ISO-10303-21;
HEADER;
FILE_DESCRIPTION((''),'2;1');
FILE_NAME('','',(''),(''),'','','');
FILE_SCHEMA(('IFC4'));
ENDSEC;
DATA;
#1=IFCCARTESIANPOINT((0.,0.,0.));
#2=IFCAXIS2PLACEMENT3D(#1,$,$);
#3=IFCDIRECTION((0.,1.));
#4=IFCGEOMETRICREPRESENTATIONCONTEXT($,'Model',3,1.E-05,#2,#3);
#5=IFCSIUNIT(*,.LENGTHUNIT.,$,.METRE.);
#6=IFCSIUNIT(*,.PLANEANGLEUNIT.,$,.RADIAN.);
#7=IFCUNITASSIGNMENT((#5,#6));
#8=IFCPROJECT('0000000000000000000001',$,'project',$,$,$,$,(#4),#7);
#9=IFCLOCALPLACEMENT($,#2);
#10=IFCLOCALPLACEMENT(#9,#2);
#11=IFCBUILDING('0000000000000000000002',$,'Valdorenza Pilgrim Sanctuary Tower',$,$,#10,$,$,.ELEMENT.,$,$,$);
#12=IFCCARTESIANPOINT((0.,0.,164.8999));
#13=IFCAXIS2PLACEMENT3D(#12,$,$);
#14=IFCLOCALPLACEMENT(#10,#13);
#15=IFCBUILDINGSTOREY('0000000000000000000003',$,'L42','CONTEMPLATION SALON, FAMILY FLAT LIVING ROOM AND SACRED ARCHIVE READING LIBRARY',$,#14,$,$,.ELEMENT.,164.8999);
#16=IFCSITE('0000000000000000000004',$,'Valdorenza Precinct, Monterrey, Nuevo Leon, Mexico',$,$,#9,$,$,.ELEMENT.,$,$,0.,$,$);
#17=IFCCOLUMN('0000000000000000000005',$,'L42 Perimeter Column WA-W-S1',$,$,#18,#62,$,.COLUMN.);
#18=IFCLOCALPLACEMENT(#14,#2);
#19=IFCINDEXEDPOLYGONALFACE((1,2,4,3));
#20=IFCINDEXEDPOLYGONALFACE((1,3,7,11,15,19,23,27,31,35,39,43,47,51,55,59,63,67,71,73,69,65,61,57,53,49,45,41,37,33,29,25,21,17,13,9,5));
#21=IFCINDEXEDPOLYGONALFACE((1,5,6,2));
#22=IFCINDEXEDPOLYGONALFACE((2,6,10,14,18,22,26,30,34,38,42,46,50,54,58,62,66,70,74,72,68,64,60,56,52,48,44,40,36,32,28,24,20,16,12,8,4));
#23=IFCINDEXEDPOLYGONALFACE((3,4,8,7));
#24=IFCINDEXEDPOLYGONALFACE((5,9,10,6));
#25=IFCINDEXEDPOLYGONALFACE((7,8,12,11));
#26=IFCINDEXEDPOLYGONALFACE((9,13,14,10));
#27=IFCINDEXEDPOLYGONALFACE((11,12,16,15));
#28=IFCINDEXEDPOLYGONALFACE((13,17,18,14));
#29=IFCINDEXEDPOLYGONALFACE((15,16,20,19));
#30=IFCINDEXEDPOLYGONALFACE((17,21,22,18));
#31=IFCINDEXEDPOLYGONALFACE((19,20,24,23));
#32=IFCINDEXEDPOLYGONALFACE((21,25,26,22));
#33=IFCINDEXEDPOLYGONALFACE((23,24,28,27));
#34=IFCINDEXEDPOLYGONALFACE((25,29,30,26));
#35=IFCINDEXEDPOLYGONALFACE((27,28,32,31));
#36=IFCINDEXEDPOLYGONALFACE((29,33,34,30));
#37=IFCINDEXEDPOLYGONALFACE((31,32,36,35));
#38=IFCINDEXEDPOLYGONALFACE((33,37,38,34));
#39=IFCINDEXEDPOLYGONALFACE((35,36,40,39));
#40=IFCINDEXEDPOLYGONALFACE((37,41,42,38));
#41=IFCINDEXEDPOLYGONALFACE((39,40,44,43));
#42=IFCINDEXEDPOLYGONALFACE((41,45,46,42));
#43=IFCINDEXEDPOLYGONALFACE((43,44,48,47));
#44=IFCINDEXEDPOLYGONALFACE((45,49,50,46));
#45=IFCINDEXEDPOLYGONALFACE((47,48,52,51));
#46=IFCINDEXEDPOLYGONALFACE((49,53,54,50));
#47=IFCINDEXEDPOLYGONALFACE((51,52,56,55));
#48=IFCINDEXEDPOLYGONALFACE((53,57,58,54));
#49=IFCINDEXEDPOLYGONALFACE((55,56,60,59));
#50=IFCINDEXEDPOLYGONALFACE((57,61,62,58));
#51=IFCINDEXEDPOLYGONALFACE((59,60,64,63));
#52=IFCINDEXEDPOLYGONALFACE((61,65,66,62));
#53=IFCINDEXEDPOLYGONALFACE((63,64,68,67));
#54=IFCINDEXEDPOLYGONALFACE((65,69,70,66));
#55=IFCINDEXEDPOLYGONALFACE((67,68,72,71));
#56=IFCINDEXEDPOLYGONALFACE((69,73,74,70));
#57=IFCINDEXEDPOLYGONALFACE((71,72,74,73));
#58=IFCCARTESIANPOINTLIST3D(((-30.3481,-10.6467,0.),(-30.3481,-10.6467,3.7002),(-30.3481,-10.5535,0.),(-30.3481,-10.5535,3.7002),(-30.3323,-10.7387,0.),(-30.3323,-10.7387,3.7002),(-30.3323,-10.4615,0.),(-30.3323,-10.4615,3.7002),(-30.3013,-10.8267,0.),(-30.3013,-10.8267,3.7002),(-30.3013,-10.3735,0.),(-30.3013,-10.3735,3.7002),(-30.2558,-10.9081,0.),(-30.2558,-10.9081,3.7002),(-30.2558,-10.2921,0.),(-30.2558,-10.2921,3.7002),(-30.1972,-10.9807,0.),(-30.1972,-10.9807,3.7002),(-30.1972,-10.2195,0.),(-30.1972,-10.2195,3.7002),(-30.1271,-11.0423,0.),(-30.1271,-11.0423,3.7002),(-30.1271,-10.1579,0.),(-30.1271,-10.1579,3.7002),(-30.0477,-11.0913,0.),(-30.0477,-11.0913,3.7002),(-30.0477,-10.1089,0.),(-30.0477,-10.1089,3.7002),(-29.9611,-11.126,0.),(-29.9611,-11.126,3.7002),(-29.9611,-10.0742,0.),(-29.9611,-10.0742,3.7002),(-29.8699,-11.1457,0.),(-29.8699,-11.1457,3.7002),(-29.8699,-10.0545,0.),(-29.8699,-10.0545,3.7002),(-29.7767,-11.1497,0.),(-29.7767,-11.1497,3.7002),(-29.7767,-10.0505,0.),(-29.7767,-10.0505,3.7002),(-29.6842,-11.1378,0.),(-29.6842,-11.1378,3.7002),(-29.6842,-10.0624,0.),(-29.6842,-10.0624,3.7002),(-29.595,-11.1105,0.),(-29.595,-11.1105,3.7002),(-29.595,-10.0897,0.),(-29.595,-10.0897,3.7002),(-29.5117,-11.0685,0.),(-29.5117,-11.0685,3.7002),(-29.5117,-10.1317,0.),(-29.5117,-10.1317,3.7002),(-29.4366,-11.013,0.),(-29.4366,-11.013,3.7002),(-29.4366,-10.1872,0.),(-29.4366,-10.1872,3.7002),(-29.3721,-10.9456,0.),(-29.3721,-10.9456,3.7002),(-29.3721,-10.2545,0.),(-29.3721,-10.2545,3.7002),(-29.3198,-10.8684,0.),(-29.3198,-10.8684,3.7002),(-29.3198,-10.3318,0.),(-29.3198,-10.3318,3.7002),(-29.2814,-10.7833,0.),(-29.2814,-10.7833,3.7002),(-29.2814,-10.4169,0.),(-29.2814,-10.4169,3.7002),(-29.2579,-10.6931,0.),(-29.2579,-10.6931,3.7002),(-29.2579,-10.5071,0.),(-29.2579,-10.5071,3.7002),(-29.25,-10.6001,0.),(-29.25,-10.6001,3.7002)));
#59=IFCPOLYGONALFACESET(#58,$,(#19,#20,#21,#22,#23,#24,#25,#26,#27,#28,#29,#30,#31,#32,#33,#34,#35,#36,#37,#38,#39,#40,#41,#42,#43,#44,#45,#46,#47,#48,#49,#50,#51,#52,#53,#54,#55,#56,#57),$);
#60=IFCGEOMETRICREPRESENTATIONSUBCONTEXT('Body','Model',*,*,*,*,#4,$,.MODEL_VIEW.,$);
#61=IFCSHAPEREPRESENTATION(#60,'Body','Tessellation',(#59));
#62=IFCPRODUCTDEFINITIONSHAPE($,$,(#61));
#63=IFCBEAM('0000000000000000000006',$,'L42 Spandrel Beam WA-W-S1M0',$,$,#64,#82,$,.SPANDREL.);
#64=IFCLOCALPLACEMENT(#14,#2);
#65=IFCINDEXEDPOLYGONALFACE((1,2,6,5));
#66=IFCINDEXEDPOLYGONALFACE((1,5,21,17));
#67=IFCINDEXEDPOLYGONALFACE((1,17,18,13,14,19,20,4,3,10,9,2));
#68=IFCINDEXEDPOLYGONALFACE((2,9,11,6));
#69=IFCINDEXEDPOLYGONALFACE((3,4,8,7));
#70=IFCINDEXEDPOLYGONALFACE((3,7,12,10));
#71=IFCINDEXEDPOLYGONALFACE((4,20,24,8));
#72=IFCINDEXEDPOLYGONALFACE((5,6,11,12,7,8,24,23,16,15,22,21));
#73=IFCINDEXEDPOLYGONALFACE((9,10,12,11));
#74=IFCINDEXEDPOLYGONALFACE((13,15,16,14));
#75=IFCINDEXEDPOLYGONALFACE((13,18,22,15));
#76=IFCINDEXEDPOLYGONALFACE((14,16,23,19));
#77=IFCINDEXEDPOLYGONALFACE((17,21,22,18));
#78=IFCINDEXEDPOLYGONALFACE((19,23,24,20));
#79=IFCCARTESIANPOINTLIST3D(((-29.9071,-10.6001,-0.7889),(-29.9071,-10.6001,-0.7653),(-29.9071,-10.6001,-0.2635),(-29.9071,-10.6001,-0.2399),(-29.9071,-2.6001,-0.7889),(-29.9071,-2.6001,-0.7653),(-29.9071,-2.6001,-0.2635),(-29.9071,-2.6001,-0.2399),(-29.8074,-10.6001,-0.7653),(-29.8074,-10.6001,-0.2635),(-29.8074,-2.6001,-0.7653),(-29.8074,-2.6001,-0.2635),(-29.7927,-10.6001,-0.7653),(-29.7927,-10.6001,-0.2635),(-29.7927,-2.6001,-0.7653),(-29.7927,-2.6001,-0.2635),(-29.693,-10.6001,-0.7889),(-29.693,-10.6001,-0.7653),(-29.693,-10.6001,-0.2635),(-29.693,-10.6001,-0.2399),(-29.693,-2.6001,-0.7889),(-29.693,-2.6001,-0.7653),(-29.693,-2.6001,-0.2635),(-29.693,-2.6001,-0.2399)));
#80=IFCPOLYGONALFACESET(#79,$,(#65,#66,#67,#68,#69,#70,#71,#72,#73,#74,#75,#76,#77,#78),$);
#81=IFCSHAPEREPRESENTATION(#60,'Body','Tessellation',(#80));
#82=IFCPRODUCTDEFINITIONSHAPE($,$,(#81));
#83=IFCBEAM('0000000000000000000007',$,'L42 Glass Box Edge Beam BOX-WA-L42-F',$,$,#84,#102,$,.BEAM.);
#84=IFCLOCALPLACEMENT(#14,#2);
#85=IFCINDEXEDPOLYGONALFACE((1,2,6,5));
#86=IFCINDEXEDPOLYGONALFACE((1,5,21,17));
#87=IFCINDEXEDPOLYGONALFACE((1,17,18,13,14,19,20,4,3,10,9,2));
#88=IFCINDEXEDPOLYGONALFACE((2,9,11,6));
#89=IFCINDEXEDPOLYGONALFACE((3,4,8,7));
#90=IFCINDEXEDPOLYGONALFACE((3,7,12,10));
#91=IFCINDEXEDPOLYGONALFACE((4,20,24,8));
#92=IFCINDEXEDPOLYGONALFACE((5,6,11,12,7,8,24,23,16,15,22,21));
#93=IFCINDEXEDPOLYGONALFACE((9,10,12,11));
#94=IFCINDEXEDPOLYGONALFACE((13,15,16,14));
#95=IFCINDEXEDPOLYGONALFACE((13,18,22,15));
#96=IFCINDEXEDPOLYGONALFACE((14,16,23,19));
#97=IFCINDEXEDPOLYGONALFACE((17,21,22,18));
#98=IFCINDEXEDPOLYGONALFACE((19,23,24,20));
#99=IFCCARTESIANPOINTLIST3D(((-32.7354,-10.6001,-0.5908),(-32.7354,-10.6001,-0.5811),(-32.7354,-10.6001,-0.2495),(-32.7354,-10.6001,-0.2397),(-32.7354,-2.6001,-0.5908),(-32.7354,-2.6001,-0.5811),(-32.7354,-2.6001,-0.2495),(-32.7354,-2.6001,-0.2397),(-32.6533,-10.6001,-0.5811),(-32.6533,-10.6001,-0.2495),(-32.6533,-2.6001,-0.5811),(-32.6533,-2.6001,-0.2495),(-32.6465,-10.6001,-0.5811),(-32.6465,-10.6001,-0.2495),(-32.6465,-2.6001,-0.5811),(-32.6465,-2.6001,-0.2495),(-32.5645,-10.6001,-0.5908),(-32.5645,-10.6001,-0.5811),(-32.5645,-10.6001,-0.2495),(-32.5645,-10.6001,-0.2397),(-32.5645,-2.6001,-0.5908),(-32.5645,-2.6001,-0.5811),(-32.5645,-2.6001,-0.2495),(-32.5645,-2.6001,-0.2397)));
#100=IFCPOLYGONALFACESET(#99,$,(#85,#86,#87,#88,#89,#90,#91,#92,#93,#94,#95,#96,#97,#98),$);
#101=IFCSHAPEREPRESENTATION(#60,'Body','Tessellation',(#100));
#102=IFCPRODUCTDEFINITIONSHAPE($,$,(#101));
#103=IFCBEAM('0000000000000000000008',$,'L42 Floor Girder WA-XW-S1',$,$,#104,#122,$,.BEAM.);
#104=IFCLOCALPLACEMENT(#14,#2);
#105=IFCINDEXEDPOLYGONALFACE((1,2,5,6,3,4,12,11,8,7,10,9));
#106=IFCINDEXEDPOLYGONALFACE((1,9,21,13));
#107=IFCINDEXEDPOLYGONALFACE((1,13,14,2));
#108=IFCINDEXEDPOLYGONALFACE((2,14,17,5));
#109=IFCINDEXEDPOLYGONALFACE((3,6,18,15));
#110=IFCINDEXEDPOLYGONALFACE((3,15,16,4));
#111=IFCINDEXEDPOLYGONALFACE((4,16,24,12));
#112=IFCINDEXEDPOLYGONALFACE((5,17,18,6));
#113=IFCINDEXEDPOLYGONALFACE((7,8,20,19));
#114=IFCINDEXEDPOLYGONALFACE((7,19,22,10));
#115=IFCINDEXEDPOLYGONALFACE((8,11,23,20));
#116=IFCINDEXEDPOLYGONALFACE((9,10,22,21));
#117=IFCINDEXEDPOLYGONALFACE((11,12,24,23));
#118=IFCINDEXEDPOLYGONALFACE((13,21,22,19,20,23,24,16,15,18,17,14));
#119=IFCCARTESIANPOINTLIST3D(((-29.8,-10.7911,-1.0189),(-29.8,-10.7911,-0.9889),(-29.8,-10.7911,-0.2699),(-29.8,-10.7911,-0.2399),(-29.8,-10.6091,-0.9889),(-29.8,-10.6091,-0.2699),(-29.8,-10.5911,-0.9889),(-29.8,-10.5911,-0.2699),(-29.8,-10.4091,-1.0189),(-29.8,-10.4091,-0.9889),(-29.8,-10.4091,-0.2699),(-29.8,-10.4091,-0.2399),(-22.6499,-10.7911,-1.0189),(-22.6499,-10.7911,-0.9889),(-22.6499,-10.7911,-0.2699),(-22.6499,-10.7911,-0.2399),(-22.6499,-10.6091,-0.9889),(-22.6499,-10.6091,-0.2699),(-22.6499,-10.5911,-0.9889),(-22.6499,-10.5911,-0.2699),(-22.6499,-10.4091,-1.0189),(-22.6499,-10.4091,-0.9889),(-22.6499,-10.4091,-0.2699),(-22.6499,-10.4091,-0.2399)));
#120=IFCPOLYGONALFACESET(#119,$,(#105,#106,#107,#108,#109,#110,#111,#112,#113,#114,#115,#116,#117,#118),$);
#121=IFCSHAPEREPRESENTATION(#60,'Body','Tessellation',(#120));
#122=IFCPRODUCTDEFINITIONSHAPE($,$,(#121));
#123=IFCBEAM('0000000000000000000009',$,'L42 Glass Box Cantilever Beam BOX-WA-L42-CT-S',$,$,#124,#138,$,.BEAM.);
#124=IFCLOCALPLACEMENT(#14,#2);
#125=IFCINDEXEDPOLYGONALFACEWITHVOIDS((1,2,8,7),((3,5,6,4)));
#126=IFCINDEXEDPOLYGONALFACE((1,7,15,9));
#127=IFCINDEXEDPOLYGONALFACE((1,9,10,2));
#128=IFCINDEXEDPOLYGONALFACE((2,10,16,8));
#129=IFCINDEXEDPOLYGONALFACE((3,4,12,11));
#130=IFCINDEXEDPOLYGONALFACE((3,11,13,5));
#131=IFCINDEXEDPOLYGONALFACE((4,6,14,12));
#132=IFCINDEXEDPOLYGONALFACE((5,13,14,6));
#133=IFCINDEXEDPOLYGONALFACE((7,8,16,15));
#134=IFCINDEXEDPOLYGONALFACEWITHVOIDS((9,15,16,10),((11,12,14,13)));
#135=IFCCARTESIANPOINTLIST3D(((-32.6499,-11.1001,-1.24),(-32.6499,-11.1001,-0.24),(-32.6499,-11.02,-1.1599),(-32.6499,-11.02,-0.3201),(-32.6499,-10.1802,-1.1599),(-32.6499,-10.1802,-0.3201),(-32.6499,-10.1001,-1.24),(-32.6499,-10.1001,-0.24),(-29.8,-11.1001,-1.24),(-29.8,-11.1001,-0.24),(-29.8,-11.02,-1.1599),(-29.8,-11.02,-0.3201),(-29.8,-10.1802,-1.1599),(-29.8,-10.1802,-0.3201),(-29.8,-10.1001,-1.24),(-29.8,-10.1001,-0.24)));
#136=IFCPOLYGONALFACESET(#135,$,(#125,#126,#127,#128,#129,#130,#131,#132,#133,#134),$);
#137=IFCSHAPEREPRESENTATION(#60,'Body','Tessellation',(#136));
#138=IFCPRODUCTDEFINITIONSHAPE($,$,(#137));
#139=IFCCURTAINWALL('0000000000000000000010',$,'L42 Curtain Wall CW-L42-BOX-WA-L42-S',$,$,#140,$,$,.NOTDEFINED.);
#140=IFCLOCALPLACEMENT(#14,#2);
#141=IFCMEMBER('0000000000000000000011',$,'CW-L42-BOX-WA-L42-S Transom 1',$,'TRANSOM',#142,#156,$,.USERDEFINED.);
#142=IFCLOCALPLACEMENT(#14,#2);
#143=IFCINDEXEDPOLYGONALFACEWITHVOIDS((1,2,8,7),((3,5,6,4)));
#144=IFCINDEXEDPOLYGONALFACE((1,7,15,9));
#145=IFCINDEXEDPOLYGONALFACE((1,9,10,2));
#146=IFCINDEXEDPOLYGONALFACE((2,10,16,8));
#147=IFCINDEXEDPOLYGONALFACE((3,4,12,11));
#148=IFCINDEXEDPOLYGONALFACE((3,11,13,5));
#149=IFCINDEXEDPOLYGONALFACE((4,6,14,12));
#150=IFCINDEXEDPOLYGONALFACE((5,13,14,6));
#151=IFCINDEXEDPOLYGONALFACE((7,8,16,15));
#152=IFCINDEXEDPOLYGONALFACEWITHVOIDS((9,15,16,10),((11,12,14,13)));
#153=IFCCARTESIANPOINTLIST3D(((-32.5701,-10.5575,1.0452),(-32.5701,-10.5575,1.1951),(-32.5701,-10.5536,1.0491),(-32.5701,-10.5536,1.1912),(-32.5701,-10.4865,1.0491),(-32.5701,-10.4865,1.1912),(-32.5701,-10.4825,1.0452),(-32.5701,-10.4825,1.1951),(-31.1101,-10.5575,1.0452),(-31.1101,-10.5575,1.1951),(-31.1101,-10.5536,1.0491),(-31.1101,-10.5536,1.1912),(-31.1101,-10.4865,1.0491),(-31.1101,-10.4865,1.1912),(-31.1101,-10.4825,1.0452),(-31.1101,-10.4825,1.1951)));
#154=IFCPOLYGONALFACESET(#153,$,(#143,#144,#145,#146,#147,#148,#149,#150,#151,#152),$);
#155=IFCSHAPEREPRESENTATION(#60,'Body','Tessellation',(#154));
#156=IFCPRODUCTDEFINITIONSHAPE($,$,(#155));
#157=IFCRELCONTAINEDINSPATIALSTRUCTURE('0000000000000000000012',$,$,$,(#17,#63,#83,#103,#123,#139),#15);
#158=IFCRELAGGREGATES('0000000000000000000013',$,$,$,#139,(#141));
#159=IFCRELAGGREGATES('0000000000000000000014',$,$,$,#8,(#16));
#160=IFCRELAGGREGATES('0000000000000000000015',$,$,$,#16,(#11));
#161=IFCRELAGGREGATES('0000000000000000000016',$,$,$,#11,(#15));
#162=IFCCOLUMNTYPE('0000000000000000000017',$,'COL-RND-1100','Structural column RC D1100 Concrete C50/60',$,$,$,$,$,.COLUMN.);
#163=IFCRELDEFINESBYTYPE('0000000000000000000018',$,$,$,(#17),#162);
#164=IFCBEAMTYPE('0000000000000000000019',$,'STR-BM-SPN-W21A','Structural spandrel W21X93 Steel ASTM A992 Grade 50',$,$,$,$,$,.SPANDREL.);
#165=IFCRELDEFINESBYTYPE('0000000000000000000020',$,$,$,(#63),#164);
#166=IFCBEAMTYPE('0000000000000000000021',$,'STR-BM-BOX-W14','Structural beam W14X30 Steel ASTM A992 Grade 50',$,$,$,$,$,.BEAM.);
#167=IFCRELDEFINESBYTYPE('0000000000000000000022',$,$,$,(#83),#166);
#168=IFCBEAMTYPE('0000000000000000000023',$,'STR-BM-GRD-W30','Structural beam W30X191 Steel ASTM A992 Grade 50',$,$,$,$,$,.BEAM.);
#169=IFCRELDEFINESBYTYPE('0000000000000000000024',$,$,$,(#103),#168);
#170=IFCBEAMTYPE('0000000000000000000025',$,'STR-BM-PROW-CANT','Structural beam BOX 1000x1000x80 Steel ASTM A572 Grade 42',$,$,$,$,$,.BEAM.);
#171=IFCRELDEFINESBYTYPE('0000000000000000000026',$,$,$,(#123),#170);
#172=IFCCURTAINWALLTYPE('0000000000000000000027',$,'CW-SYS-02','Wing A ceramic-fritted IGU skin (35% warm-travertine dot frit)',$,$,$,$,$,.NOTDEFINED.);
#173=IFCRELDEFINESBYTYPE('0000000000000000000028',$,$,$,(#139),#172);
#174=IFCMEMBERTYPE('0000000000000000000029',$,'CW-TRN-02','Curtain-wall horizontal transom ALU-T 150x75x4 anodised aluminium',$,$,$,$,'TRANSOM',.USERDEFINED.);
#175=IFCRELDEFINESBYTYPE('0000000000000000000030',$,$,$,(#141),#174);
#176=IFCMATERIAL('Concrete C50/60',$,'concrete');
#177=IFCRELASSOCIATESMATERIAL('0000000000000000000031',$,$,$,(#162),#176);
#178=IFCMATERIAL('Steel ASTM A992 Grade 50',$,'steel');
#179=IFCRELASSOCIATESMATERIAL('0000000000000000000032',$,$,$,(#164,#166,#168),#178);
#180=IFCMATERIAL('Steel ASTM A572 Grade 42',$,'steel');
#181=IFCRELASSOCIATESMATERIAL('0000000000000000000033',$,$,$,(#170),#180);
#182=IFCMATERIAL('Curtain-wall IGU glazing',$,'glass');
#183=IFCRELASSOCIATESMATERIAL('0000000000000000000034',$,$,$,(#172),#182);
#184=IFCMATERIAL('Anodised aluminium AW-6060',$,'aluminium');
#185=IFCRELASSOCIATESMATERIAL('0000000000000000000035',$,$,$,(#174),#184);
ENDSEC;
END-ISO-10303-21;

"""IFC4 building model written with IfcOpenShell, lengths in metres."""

from ifc_helpers import new_model, si_unit, direction, frame, origin, origin_2d, place, context, subcontext, project, spatial, hollow_rectangle, circle, i_section, extrude, source, transform, mapped, material, material_profile, profile_set, type_object, element, aggregate, save


model = new_model("IFC4")

# Units and contexts
model_context = context("Model", 3, precision=1e-05, world=origin(), true_north=direction((0.0, 1.0)))
body_context = subcontext(model_context, "Body", "Model", "MODEL_VIEW")
ifc_project = project(units=[si_unit("LENGTHUNIT", "METRE"), si_unit("PLANEANGLEUNIT", "RADIAN")], contexts=[model_context])

# Site, building, storey
site_placement = place(None, origin())
site = spatial("IfcSite", under=ifc_project, at=site_placement, Name="Valdorenza Precinct, Monterrey, Nuevo Leon, Mexico", CompositionType="ELEMENT", RefElevation=0.0)
building_placement = place(site_placement, origin())
building = spatial("IfcBuilding", under=site, at=building_placement, Name="Valdorenza Pilgrim Sanctuary Tower", CompositionType="ELEMENT")
storey_placement = place(building_placement, frame((0.0, 0.0, 164.8999)))
storey = spatial("IfcBuildingStorey", under=building, at=storey_placement, Name="L42", Description="CONTEMPLATION SALON, FAMILY FLAT LIVING ROOM AND SACRED ARCHIVE READING LIBRARY", CompositionType="ELEMENT", Elevation=164.8999)

# Column
ifc_material_1 = material(Name="Concrete C50/60", Category="concrete")
ifc_material_profile_1 = material_profile(ifc_material_1, circle(Radius=0.55, at=origin_2d()), Name="RC D1100")
ifc_profile_set_1 = profile_set([ifc_material_profile_1], Name="Concrete C50/60")
column_type = type_object("IfcColumnType", Name="COL-RND-1100", Description="Structural column RC D1100 Concrete C50/60", PredefinedType="COLUMN", material=ifc_profile_set_1)
shared_shape_1 = source(origin(), body_context, "Body", "SweptSolid", [
    extrude(circle(Radius=0.55, at=origin_2d()), origin(), (0.0, 0.0, 1.0), 3.7002),
])
column_placement = place(storey_placement, frame((-29.8, -10.6001, 0.0), z_axis=(0.0, 0.0, 1.0), x_axis=(1.0, 0.0, 0.0)))
element("IfcColumn", 1, at=column_placement, inside=storey, type_object=column_type, Name="L42 Perimeter Column WA-W-S1", PredefinedType="COLUMN", context=body_context, shape_type="MappedRepresentation", body=[
    mapped(shared_shape_1, transform((0.0, 0.0, 0.0), x_axis=(1.0, 0.0, 0.0), y_axis=(0.0, 1.0, 0.0), z_axis=(0.0, 0.0, 1.0), scale=1.0)),
])

# Beams
ifc_material_2 = material(Name="Steel ASTM A992 Grade 50", Category="steel")
ifc_material_profile_2 = material_profile(ifc_material_2, i_section(OverallWidth=0.2141, OverallDepth=0.5491, WebThickness=0.0146, FlangeThickness=0.0237, at=origin_2d()), Name="W21X93")
ifc_profile_set_2 = profile_set([ifc_material_profile_2], Name="Steel ASTM A992 Grade 50")
beam_type_1 = type_object("IfcBeamType", Name="STR-BM-SPN-W21A", Description="Structural spandrel W21X93 Steel ASTM A992 Grade 50", PredefinedType="SPANDREL", material=ifc_profile_set_2)
shared_shape_2 = source(origin(), body_context, "Body", "SweptSolid", [
    extrude(i_section(OverallWidth=0.2141, OverallDepth=0.5491, WebThickness=0.0146, FlangeThickness=0.0237, at=origin_2d()), origin(), (0.0, 0.0, 1.0), 8.0),
])
beam_1_placement = place(storey_placement, frame((-29.8, -10.6001, -0.5144), z_axis=(0.0, 1.0, 0.0), x_axis=(-1.0, 0.0, 0.0)))
element("IfcBeam", 2, at=beam_1_placement, inside=storey, type_object=beam_type_1, Name="L42 Spandrel Beam WA-W-S1M0", PredefinedType="SPANDREL", context=body_context, shape_type="MappedRepresentation", body=[
    mapped(shared_shape_2, transform((0.0, 0.0, 0.0), x_axis=(1.0, 0.0, 0.0), y_axis=(0.0, 1.0, 0.0), z_axis=(0.0, 0.0, 1.0), scale=1.0)),
])
ifc_material_profile_3 = material_profile(ifc_material_2, i_section(OverallWidth=0.1709, OverallDepth=0.3511, WebThickness=0.0068, FlangeThickness=0.0098, at=origin_2d()), Name="W14X30")
ifc_profile_set_3 = profile_set([ifc_material_profile_3], Name="Steel ASTM A992 Grade 50")
beam_type_2 = type_object("IfcBeamType", Name="STR-BM-BOX-W14", Description="Structural beam W14X30 Steel ASTM A992 Grade 50", PredefinedType="BEAM", material=ifc_profile_set_3)
shared_shape_3 = source(origin(), body_context, "Body", "SweptSolid", [
    extrude(i_section(OverallWidth=0.1709, OverallDepth=0.3511, WebThickness=0.0068, FlangeThickness=0.0098, at=origin_2d()), origin(), (0.0, 0.0, 1.0), 8.0),
])
beam_2_placement = place(storey_placement, frame((-32.6499, -10.6001, -0.4153), z_axis=(0.0, 1.0, 0.0), x_axis=(-1.0, 0.0, 0.0)))
element("IfcBeam", 3, at=beam_2_placement, inside=storey, type_object=beam_type_2, Name="L42 Glass Box Edge Beam BOX-WA-L42-F", PredefinedType="BEAM", context=body_context, shape_type="MappedRepresentation", body=[
    mapped(shared_shape_3, transform((0.0, 0.0, 0.0), x_axis=(1.0, 0.0, 0.0), y_axis=(0.0, 1.0, 0.0), z_axis=(0.0, 0.0, 1.0), scale=1.0)),
])
ifc_material_profile_4 = material_profile(ifc_material_2, i_section(OverallWidth=0.3821, OverallDepth=0.7791, WebThickness=0.0181, FlangeThickness=0.03, at=origin_2d()), Name="W30X191")
ifc_profile_set_4 = profile_set([ifc_material_profile_4], Name="Steel ASTM A992 Grade 50")
beam_type_3 = type_object("IfcBeamType", Name="STR-BM-GRD-W30", Description="Structural beam W30X191 Steel ASTM A992 Grade 50", PredefinedType="BEAM", material=ifc_profile_set_4)
shared_shape_4 = source(origin(), body_context, "Body", "SweptSolid", [
    extrude(i_section(OverallWidth=0.3821, OverallDepth=0.7791, WebThickness=0.0181, FlangeThickness=0.03, at=origin_2d()), origin(), (0.0, 0.0, 1.0), 7.1501),
])
beam_3_placement = place(storey_placement, frame((-29.8, -10.6001, -0.6294), z_axis=(1.0, 0.0, 0.0), x_axis=(0.0, 1.0, 0.0)))
element("IfcBeam", 4, at=beam_3_placement, inside=storey, type_object=beam_type_3, Name="L42 Floor Girder WA-XW-S1", PredefinedType="BEAM", context=body_context, shape_type="MappedRepresentation", body=[
    mapped(shared_shape_4, transform((0.0, 0.0, 0.0), x_axis=(1.0, 0.0, 0.0), y_axis=(0.0, 1.0, 0.0), z_axis=(0.0, 0.0, 1.0), scale=1.0)),
])
ifc_material_3 = material(Name="Steel ASTM A572 Grade 42", Category="steel")
ifc_material_profile_5 = material_profile(ifc_material_3, hollow_rectangle(XDim=1.0, YDim=1.0, WallThickness=0.0801, at=origin_2d()), Name="BOX 1000x1000x80")
ifc_profile_set_5 = profile_set([ifc_material_profile_5], Name="Steel ASTM A572 Grade 42")
beam_type_4 = type_object("IfcBeamType", Name="STR-BM-PROW-CANT", Description="Structural beam BOX 1000x1000x80 Steel ASTM A572 Grade 42", PredefinedType="BEAM", material=ifc_profile_set_5)
shared_shape_5 = source(origin(), body_context, "Body", "SweptSolid", [
    extrude(hollow_rectangle(XDim=1.0, YDim=1.0, WallThickness=0.0801, at=origin_2d()), origin(), (0.0, 0.0, 1.0), 2.8499),
])
beam_4_placement = place(storey_placement, frame((-29.8, -10.6001, -0.74), z_axis=(-1.0, 0.0, 0.0), x_axis=(0.0, -1.0, 0.0)))
element("IfcBeam", 5, at=beam_4_placement, inside=storey, type_object=beam_type_4, Name="L42 Glass Box Cantilever Beam BOX-WA-L42-CT-S", PredefinedType="BEAM", context=body_context, shape_type="MappedRepresentation", body=[
    mapped(shared_shape_5, transform((0.0, 0.0, 0.0), x_axis=(1.0, 0.0, 0.0), y_axis=(0.0, 1.0, 0.0), z_axis=(0.0, 0.0, 1.0), scale=1.0)),
])

# Curtain wall, member
ifc_material_4 = material(Name="Curtain-wall IGU glazing", Category="glass")
curtain_wall_type = type_object("IfcCurtainWallType", Name="CW-SYS-02", Description="Wing A ceramic-fritted IGU skin (35% warm-travertine dot frit)", PredefinedType="NOTDEFINED", material=ifc_material_4)
curtain_wall_1_placement = place(storey_placement, origin())
curtain_wall_1 = element("IfcCurtainWall", 6, at=curtain_wall_1_placement, inside=storey, type_object=curtain_wall_type, Name="L42 Curtain Wall CW-L42-BOX-WA-L42-S", PredefinedType="NOTDEFINED")
ifc_material_5 = material(Name="Anodised aluminium AW-6060", Category="aluminium")
ifc_material_profile_6 = material_profile(ifc_material_5, hollow_rectangle(XDim=0.075, YDim=0.1499, WallThickness=0.0039, at=origin_2d()), Name="ALU-T 150x75x4")
ifc_profile_set_6 = profile_set([ifc_material_profile_6], Name="Anodised aluminium AW-6060")
member_type_1 = type_object("IfcMemberType", Name="CW-TRN-02", Description="Curtain-wall horizontal transom ALU-T 150x75x4 anodised aluminium", ElementType="TRANSOM", PredefinedType="USERDEFINED", material=ifc_profile_set_6)
shared_shape_6 = source(origin(), body_context, "Body", "SweptSolid", [
    extrude(hollow_rectangle(XDim=0.075, YDim=0.1499, WallThickness=0.0039, at=origin_2d()), origin(), (0.0, 0.0, 1.0), 1.46),
])
member_1_placement = place(storey_placement, frame((-31.1101, -10.52, 1.1201), z_axis=(-1.0, 0.0, 0.0), x_axis=(0.0, -1.0, 0.0)))
member_1 = element("IfcMember", 7, at=member_1_placement, type_object=member_type_1, Name="CW-L42-BOX-WA-L42-S Transom 1", ObjectType="TRANSOM", PredefinedType="USERDEFINED", context=body_context, shape_type="MappedRepresentation", body=[
    mapped(shared_shape_6, transform((0.0, 0.0, 0.0), x_axis=(1.0, 0.0, 0.0), y_axis=(0.0, 1.0, 0.0), z_axis=(0.0, 0.0, 1.0), scale=1.0)),
])

aggregate(curtain_wall_1, [member_1])

save(model, "model.ifc")
